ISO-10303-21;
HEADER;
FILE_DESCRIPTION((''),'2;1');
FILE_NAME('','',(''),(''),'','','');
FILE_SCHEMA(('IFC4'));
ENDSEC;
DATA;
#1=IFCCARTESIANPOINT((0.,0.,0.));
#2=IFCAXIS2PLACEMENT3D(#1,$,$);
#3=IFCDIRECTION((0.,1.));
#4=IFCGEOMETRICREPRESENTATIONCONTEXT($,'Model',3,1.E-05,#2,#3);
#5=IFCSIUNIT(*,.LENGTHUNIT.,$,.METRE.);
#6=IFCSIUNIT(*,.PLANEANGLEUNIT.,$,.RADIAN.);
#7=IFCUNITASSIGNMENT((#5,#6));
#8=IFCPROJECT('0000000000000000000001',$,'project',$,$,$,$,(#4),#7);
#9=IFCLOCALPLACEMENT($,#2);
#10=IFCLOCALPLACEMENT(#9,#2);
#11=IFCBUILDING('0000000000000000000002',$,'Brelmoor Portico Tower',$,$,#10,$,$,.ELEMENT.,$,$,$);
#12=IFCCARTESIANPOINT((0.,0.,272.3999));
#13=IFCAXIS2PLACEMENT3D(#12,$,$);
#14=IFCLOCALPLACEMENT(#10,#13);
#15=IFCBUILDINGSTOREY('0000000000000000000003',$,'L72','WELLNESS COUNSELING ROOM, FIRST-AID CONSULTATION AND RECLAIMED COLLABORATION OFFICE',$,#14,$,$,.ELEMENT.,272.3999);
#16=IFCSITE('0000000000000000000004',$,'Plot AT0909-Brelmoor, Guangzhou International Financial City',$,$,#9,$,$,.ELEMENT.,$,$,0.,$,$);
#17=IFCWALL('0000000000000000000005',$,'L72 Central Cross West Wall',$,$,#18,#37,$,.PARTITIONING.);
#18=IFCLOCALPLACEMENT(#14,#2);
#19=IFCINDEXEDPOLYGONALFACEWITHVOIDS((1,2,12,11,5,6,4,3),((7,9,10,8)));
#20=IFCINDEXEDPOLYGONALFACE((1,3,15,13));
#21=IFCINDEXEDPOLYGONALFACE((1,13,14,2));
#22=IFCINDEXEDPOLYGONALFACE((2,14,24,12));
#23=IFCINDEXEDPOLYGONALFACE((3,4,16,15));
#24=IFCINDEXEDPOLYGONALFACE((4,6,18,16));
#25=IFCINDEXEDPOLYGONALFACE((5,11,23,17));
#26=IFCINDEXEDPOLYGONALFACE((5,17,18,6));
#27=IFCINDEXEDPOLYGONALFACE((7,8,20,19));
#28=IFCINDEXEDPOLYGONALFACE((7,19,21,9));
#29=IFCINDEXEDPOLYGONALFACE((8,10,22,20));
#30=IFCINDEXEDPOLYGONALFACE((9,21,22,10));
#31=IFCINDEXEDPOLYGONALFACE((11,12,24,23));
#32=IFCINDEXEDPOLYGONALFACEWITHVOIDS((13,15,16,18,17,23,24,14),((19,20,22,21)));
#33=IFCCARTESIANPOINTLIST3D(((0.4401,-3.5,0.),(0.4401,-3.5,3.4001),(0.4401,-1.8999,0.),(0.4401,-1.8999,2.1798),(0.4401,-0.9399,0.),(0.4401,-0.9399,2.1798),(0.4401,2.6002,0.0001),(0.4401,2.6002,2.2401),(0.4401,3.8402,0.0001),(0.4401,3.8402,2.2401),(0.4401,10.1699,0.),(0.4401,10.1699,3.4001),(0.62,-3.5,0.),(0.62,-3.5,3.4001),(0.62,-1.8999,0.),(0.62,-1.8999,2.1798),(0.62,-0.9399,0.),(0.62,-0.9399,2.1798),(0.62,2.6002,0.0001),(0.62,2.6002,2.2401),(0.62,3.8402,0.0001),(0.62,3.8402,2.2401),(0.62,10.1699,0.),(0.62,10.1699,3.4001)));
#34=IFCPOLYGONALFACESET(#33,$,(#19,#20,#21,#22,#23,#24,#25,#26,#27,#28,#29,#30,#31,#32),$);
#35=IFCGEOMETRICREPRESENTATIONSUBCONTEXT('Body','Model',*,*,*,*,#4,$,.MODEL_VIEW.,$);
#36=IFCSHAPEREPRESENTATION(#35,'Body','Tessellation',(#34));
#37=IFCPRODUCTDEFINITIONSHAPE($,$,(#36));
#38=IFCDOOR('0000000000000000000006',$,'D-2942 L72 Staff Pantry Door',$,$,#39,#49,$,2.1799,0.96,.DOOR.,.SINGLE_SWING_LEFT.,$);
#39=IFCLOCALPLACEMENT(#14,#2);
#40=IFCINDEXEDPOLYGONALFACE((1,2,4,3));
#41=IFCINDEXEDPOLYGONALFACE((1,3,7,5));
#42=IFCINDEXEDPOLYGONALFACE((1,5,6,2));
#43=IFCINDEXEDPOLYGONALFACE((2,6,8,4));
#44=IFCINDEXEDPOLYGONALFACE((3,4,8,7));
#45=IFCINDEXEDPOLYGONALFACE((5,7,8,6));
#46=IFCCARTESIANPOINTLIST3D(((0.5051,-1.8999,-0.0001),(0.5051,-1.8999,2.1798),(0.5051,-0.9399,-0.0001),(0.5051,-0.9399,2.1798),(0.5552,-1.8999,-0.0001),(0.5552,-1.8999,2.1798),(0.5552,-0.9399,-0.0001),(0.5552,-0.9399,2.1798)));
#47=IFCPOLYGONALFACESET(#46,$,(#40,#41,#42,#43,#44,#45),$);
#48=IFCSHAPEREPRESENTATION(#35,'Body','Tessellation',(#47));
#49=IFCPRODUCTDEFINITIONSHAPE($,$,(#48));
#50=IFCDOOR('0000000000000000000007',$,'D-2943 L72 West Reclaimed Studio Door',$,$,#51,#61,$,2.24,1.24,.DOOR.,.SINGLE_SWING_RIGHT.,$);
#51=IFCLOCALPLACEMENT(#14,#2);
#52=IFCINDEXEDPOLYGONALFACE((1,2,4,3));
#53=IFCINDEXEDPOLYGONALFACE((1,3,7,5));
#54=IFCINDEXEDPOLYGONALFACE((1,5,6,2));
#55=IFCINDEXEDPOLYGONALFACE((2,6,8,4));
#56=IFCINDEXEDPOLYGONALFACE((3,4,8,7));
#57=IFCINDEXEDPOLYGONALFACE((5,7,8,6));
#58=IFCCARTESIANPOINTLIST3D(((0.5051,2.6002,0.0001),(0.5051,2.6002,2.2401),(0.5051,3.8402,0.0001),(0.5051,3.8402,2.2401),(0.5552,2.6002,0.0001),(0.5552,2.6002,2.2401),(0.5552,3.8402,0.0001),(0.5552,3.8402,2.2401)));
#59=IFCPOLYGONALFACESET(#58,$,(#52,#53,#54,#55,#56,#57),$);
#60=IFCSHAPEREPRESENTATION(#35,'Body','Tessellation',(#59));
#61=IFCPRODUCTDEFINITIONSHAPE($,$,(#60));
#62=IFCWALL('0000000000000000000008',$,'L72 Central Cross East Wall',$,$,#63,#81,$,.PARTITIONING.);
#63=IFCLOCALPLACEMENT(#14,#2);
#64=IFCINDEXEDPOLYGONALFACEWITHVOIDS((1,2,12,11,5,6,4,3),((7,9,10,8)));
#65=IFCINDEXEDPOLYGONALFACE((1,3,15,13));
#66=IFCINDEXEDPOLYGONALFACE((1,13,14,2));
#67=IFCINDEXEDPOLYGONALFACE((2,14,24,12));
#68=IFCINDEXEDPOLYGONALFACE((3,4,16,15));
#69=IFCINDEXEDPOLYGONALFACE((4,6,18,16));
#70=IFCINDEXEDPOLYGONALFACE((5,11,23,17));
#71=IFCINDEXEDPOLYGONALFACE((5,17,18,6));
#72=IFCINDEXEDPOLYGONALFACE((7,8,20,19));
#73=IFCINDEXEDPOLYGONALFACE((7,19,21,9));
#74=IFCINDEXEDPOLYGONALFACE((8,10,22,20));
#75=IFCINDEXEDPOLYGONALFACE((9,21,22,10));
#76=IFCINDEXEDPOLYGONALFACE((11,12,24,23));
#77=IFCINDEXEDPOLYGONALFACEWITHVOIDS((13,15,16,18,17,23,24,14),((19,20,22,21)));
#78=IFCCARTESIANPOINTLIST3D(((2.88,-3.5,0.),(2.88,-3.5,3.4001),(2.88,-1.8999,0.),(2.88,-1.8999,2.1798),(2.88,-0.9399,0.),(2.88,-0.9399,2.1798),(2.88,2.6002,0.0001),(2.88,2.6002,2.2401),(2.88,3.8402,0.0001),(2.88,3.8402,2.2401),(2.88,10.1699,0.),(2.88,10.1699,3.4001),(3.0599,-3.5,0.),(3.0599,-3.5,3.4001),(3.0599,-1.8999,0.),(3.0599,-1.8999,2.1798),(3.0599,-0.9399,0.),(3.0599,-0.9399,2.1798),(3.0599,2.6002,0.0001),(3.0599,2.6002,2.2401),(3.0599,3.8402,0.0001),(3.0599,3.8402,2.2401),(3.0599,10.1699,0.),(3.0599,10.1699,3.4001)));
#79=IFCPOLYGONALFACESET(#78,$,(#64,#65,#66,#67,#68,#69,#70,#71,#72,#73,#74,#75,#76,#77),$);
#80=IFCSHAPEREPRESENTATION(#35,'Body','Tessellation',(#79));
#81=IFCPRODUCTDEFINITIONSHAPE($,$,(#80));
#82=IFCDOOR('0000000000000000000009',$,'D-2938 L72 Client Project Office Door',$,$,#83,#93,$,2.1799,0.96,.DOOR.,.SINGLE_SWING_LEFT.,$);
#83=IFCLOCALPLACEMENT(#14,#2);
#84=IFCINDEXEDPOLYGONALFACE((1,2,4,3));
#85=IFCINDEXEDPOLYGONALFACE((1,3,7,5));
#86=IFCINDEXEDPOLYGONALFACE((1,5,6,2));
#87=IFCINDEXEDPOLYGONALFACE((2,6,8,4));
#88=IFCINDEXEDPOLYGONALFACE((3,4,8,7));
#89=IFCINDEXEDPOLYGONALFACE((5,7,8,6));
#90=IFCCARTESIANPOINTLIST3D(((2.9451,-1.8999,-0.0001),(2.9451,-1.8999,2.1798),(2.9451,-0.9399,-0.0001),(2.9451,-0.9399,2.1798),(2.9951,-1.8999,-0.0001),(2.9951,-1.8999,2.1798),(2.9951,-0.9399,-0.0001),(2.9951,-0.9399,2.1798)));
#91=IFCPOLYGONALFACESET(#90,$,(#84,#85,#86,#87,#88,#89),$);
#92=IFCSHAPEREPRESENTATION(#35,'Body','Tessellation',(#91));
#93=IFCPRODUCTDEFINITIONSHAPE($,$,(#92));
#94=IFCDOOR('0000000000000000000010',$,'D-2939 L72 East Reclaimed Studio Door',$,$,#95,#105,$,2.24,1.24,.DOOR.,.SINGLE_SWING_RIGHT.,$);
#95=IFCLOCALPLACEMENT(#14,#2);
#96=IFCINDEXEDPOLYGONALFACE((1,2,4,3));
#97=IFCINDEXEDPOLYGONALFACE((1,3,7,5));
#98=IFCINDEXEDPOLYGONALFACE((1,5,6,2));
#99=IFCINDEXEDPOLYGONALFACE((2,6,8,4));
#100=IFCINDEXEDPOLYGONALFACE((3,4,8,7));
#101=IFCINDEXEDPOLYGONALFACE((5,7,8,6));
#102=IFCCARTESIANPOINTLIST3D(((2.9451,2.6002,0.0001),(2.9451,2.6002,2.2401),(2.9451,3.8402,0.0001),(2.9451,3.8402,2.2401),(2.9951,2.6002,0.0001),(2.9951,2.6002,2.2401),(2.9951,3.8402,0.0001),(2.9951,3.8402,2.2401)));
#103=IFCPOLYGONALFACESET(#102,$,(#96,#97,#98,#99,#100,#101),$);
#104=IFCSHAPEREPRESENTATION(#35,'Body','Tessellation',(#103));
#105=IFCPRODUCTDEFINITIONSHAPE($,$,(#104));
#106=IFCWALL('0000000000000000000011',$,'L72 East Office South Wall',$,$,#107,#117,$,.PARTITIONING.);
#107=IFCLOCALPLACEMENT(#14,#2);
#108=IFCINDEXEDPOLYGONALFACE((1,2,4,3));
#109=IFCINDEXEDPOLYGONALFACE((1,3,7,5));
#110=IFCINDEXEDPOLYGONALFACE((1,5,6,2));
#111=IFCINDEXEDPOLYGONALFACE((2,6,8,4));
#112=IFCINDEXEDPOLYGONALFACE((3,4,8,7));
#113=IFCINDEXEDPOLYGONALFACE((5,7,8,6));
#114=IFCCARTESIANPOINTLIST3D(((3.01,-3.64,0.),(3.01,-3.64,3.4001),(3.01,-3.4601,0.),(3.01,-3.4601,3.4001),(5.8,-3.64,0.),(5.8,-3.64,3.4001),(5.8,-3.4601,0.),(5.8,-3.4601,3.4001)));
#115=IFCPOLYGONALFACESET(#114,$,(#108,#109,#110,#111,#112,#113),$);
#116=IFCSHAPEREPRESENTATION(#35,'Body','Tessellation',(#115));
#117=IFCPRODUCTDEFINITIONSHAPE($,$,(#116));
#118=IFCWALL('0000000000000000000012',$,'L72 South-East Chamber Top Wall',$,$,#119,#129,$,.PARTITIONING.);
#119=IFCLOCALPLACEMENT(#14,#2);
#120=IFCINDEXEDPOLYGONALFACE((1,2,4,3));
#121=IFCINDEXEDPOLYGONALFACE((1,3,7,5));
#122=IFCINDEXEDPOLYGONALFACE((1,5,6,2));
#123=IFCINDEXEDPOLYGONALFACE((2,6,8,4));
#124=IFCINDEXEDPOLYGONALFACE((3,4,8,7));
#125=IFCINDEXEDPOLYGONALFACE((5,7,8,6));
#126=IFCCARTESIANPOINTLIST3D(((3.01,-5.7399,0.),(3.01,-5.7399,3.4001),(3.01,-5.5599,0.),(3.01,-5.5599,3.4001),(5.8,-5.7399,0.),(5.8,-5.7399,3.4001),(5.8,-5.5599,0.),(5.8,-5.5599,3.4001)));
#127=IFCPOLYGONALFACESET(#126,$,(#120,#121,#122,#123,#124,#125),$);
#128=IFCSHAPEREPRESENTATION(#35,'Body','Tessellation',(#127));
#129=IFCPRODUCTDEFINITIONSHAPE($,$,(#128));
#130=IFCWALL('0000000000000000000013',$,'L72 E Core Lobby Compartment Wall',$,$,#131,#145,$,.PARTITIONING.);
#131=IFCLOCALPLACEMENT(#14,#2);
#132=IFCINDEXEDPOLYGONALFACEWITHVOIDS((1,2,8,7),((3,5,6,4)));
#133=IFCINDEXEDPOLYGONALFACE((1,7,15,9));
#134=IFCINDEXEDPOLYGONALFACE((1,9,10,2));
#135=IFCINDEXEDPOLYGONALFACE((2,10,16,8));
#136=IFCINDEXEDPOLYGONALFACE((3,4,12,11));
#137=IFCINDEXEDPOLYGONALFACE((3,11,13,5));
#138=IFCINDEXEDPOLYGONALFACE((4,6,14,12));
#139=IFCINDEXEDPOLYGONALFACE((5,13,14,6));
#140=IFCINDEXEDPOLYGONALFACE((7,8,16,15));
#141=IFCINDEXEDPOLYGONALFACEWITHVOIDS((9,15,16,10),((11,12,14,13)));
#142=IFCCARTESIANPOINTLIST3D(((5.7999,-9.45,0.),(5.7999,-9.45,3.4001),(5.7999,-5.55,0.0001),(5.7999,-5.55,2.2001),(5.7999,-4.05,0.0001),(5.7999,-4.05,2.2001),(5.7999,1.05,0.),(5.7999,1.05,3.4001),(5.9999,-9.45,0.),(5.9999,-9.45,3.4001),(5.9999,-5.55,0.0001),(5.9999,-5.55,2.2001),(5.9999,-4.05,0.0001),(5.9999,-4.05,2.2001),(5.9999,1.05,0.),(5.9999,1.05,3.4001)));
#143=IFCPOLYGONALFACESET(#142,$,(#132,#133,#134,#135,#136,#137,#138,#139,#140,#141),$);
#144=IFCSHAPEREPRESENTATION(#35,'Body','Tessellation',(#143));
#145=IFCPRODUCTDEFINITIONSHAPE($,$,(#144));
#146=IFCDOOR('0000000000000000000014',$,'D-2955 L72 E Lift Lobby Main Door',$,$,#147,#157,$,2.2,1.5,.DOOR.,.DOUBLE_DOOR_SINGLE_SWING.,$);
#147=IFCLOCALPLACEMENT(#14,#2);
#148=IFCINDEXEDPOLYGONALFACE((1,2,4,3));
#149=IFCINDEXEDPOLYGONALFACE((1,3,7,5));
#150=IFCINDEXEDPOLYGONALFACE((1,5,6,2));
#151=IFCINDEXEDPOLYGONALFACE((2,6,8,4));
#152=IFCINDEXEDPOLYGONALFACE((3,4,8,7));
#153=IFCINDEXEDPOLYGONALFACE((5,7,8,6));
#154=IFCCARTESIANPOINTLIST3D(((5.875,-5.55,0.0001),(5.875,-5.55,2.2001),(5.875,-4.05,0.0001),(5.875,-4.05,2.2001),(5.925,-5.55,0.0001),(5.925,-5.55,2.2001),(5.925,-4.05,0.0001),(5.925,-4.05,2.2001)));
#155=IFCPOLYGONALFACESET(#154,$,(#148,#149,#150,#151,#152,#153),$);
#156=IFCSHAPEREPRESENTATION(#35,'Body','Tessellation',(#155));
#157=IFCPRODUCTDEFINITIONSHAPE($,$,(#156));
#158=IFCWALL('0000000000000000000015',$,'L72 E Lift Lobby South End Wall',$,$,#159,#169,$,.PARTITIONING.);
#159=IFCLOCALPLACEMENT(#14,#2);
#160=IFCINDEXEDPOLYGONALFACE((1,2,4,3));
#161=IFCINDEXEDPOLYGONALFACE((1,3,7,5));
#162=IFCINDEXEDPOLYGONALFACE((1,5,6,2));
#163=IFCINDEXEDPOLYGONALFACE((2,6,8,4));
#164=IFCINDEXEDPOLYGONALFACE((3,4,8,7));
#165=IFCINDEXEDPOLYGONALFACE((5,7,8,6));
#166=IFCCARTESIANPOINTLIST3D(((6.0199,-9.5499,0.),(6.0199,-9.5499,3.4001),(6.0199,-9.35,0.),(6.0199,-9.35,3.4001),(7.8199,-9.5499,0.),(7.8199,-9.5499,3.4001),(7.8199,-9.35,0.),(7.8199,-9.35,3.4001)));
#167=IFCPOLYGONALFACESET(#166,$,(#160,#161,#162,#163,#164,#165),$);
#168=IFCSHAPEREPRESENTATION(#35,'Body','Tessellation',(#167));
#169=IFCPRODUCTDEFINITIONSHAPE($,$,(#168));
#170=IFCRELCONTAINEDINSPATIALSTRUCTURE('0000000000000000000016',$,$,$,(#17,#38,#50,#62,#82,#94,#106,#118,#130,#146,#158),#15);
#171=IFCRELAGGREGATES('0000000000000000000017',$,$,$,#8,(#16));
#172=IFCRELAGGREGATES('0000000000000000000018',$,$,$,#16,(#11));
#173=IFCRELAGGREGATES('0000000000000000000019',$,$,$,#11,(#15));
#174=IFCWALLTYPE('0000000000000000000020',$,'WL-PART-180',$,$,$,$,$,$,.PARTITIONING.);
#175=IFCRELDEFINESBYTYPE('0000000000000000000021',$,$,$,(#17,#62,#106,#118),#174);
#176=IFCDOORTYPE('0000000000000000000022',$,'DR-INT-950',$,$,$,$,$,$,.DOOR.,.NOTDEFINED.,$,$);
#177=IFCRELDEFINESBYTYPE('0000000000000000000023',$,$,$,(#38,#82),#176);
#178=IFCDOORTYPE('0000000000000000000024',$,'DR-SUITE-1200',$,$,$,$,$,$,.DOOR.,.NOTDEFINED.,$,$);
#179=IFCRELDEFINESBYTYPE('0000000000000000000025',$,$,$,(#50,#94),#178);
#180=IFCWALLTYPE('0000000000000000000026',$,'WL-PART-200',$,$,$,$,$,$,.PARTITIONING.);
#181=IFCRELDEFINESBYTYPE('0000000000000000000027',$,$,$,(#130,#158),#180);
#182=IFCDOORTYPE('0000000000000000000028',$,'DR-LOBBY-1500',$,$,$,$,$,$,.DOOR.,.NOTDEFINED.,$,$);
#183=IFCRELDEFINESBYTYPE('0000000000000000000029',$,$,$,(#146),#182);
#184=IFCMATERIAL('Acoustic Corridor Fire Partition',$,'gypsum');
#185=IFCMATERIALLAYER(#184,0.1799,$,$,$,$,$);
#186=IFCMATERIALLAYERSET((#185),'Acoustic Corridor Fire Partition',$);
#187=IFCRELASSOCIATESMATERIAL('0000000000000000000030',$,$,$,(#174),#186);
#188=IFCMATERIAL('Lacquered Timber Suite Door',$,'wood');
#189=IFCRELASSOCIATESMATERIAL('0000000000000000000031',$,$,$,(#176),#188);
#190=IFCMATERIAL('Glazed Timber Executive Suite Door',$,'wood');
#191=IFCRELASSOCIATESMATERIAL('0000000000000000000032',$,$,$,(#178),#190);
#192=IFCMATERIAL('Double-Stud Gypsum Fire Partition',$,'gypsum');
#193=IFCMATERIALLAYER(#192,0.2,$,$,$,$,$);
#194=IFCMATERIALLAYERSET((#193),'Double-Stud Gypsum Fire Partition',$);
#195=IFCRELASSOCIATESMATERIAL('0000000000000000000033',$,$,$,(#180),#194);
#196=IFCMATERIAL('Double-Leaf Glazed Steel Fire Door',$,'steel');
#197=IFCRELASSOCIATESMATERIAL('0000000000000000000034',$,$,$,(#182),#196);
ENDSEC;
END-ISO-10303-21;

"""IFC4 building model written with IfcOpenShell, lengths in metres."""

from ifc_helpers import new_model, si_unit, direction, frame, frame_2d, origin, place, context, subcontext, project, spatial, rectangle, extrude, material, layer, layer_set, type_object, element, fill, save


model = new_model("IFC4")

# Units and contexts
model_context = context("Model", 3, precision=1e-05, world=origin(), true_north=direction((0.0, 1.0)))
body_context = subcontext(model_context, "Body", "Model", "MODEL_VIEW")
ifc_project = project(units=[si_unit("LENGTHUNIT", "METRE"), si_unit("PLANEANGLEUNIT", "RADIAN")], contexts=[model_context])

# Site, building, storey
site_placement = place(None, origin())
site = spatial("IfcSite", under=ifc_project, at=site_placement, Name="Plot AT0909-Brelmoor, Guangzhou International Financial City", CompositionType="ELEMENT", RefElevation=0.0)
building_placement = place(site_placement, origin())
building = spatial("IfcBuilding", under=site, at=building_placement, Name="Brelmoor Portico Tower", CompositionType="ELEMENT")
storey_placement = place(building_placement, frame((0.0, 0.0, 272.3999)))
storey = spatial("IfcBuildingStorey", under=building, at=storey_placement, Name="L72", Description="WELLNESS COUNSELING ROOM, FIRST-AID CONSULTATION AND RECLAIMED COLLABORATION OFFICE", CompositionType="ELEMENT", Elevation=272.3999)

# Walls, openings, doors
ifc_material_1 = material(Name="Acoustic Corridor Fire Partition", Category="gypsum")
ifc_layer_1 = layer(ifc_material_1, 0.1799)
ifc_layer_set_1 = layer_set([ifc_layer_1], Name="Acoustic Corridor Fire Partition")
wall_type_1 = type_object("IfcWallType", Name="WL-PART-180", PredefinedType="PARTITIONING", material=ifc_layer_set_1)
wall_1_placement = place(storey_placement, frame((0.53, -3.5, 0.0), z_axis=(0.0, 0.0, 1.0), x_axis=(0.0, 1.0, 0.0)))
wall_1 = element("IfcWall", 1, at=wall_1_placement, inside=storey, type_object=wall_type_1, Name="L72 Central Cross West Wall", PredefinedType="PARTITIONING", context=body_context, shape_type="SweptSolid", body=[
    extrude(rectangle(XDim=13.6699, YDim=0.1799, at=frame_2d((6.835, 0.0))), origin(), (0.0, 0.0, 1.0), 3.4001),
])
opening_1_placement = place(wall_1_placement, frame((6.1001, 0.0, 0.0)))
opening_1 = element("IfcOpeningElement", 2, at=opening_1_placement, cuts=wall_1, PredefinedType="OPENING", context=body_context, shape_type="SweptSolid", body=[
    extrude(rectangle(XDim=1.24, YDim=2.24, at=frame_2d((0.6201, 1.1201))), frame((0.0, 0.0999, 0.0), z_axis=(0.0, -1.0, 0.0), x_axis=(1.0, 0.0, 0.0)), (0.0, 0.0, 1.0), 0.2),
])
opening_2_placement = place(wall_1_placement, frame((1.6001, 0.0, 0.0)))
opening_2 = element("IfcOpeningElement", 3, at=opening_2_placement, cuts=wall_1, PredefinedType="OPENING", context=body_context, shape_type="SweptSolid", body=[
    extrude(rectangle(XDim=0.96, YDim=2.1799, at=frame_2d((0.48, 1.0898))), frame((0.0, 0.0999, 0.0), z_axis=(0.0, -1.0, 0.0), x_axis=(1.0, 0.0, 0.0)), (0.0, 0.0, 1.0), 0.2),
])
ifc_material_2 = material(Name="Lacquered Timber Suite Door", Category="wood")
door_type_1 = type_object("IfcDoorType", Name="DR-INT-950", OperationType="NOTDEFINED", PredefinedType="DOOR", material=ifc_material_2)
door_1_placement = place(opening_2_placement, origin())
door_1 = element("IfcDoor", 4, at=door_1_placement, inside=storey, type_object=door_type_1, Name="D-2942 L72 Staff Pantry Door", OperationType="SINGLE_SWING_LEFT", OverallHeight=2.1799, OverallWidth=0.96, PredefinedType="DOOR", context=body_context, shape_type="SweptSolid", body=[
    extrude(rectangle(XDim=0.96, YDim=2.1799, at=frame_2d((0.48, 1.0898))), frame((0.0, 0.0249, 0.0), z_axis=(0.0, -1.0, 0.0), x_axis=(1.0, 0.0, 0.0)), (0.0, 0.0, 1.0), 0.05),
])
fill(opening_2, door_1)
ifc_material_3 = material(Name="Glazed Timber Executive Suite Door", Category="wood")
door_type_2 = type_object("IfcDoorType", Name="DR-SUITE-1200", OperationType="NOTDEFINED", PredefinedType="DOOR", material=ifc_material_3)
door_2_placement = place(opening_1_placement, origin())
door_2 = element("IfcDoor", 5, at=door_2_placement, inside=storey, type_object=door_type_2, Name="D-2943 L72 West Reclaimed Studio Door", OperationType="SINGLE_SWING_RIGHT", OverallHeight=2.24, OverallWidth=1.24, PredefinedType="DOOR", context=body_context, shape_type="SweptSolid", body=[
    extrude(rectangle(XDim=1.24, YDim=2.24, at=frame_2d((0.6201, 1.1201))), frame((0.0, 0.0249, 0.0), z_axis=(0.0, -1.0, 0.0), x_axis=(1.0, 0.0, 0.0)), (0.0, 0.0, 1.0), 0.05),
])
fill(opening_1, door_2)
wall_2_placement = place(storey_placement, frame((2.97, -3.5, 0.0), z_axis=(0.0, 0.0, 1.0), x_axis=(0.0, 1.0, 0.0)))
wall_2 = element("IfcWall", 6, at=wall_2_placement, inside=storey, type_object=wall_type_1, Name="L72 Central Cross East Wall", PredefinedType="PARTITIONING", context=body_context, shape_type="SweptSolid", body=[
    extrude(rectangle(XDim=13.6699, YDim=0.1799, at=frame_2d((6.835, 0.0))), origin(), (0.0, 0.0, 1.0), 3.4001),
])
opening_3_placement = place(wall_2_placement, frame((6.1001, 0.0, 0.0)))
opening_3 = element("IfcOpeningElement", 7, at=opening_3_placement, cuts=wall_2, PredefinedType="OPENING", context=body_context, shape_type="SweptSolid", body=[
    extrude(rectangle(XDim=1.24, YDim=2.24, at=frame_2d((0.6201, 1.1201))), frame((0.0, 0.0999, 0.0), z_axis=(0.0, -1.0, 0.0), x_axis=(1.0, 0.0, 0.0)), (0.0, 0.0, 1.0), 0.2),
])
opening_4_placement = place(wall_2_placement, frame((1.6001, 0.0, 0.0)))
opening_4 = element("IfcOpeningElement", 8, at=opening_4_placement, cuts=wall_2, PredefinedType="OPENING", context=body_context, shape_type="SweptSolid", body=[
    extrude(rectangle(XDim=0.96, YDim=2.1799, at=frame_2d((0.48, 1.0898))), frame((0.0, 0.0999, 0.0), z_axis=(0.0, -1.0, 0.0), x_axis=(1.0, 0.0, 0.0)), (0.0, 0.0, 1.0), 0.2),
])
door_3_placement = place(opening_4_placement, origin())
door_3 = element("IfcDoor", 9, at=door_3_placement, inside=storey, type_object=door_type_1, Name="D-2938 L72 Client Project Office Door", OperationType="SINGLE_SWING_LEFT", OverallHeight=2.1799, OverallWidth=0.96, PredefinedType="DOOR", context=body_context, shape_type="SweptSolid", body=[
    extrude(rectangle(XDim=0.96, YDim=2.1799, at=frame_2d((0.48, 1.0898))), frame((0.0, 0.0249, 0.0), z_axis=(0.0, -1.0, 0.0), x_axis=(1.0, 0.0, 0.0)), (0.0, 0.0, 1.0), 0.05),
])
fill(opening_4, door_3)
door_4_placement = place(opening_3_placement, origin())
door_4 = element("IfcDoor", 10, at=door_4_placement, inside=storey, type_object=door_type_2, Name="D-2939 L72 East Reclaimed Studio Door", OperationType="SINGLE_SWING_RIGHT", OverallHeight=2.24, OverallWidth=1.24, PredefinedType="DOOR", context=body_context, shape_type="SweptSolid", body=[
    extrude(rectangle(XDim=1.24, YDim=2.24, at=frame_2d((0.6201, 1.1201))), frame((0.0, 0.0249, 0.0), z_axis=(0.0, -1.0, 0.0), x_axis=(1.0, 0.0, 0.0)), (0.0, 0.0, 1.0), 0.05),
])
fill(opening_3, door_4)

# Walls
for number, where, z_axis, x_axis, name in (
    (11, (3.01, -3.55, 0.0), (0.0, 0.0, 1.0), (1.0, 0.0, 0.0), "L72 East Office South Wall"),
    (12, (3.01, -5.6499, 0.0), (0.0, 0.0, 1.0), (1.0, 0.0, 0.0), "L72 South-East Chamber Top Wall"),
):
    element("IfcWall", number, at=place(storey_placement, frame(where, z_axis=z_axis, x_axis=x_axis)), inside=storey, type_object=wall_type_1, Name=name, PredefinedType="PARTITIONING", context=body_context, shape_type="SweptSolid", body=[
        extrude(rectangle(XDim=2.79, YDim=0.1799, at=frame_2d((1.395, 0.0))), origin(), (0.0, 0.0, 1.0), 3.4001),
    ])

# Wall, opening, door
ifc_material_4 = material(Name="Double-Stud Gypsum Fire Partition", Category="gypsum")
ifc_layer_2 = layer(ifc_material_4, 0.2)
ifc_layer_set_2 = layer_set([ifc_layer_2], Name="Double-Stud Gypsum Fire Partition")
wall_type_2 = type_object("IfcWallType", Name="WL-PART-200", PredefinedType="PARTITIONING", material=ifc_layer_set_2)
wall_3_placement = place(storey_placement, frame((5.8999, -9.45, 0.0), z_axis=(0.0, 0.0, 1.0), x_axis=(0.0, 1.0, 0.0)))
wall_3 = element("IfcWall", 13, at=wall_3_placement, inside=storey, type_object=wall_type_2, Name="L72 E Core Lobby Compartment Wall", PredefinedType="PARTITIONING", context=body_context, shape_type="SweptSolid", body=[
    extrude(rectangle(XDim=10.5, YDim=0.2, at=frame_2d((5.25, 0.0))), origin(), (0.0, 0.0, 1.0), 3.4001),
])
opening_5_placement = place(wall_3_placement, frame((3.8999, 0.0, 0.0)))
opening_5 = element("IfcOpeningElement", 14, at=opening_5_placement, cuts=wall_3, PredefinedType="OPENING", context=body_context, shape_type="SweptSolid", body=[
    extrude(rectangle(XDim=1.5, YDim=2.2, at=frame_2d((0.75, 1.1001))), frame((0.0, 0.1099, 0.0), z_axis=(0.0, -1.0, 0.0), x_axis=(1.0, 0.0, 0.0)), (0.0, 0.0, 1.0), 0.22),
])
ifc_material_5 = material(Name="Double-Leaf Glazed Steel Fire Door", Category="steel")
door_type_3 = type_object("IfcDoorType", Name="DR-LOBBY-1500", OperationType="NOTDEFINED", PredefinedType="DOOR", material=ifc_material_5)
door_5_placement = place(opening_5_placement, origin())
door_5 = element("IfcDoor", 15, at=door_5_placement, inside=storey, type_object=door_type_3, Name="D-2955 L72 E Lift Lobby Main Door", OperationType="DOUBLE_DOOR_SINGLE_SWING", OverallHeight=2.2, OverallWidth=1.5, PredefinedType="DOOR", context=body_context, shape_type="SweptSolid", body=[
    extrude(rectangle(XDim=1.5, YDim=2.2, at=frame_2d((0.75, 1.1001))), frame((0.0, 0.0249, 0.0), z_axis=(0.0, -1.0, 0.0), x_axis=(1.0, 0.0, 0.0)), (0.0, 0.0, 1.0), 0.05),
])
fill(opening_5, door_5)

# Wall
wall_4_placement = place(storey_placement, frame((6.02, -9.45, 0.0), z_axis=(0.0, 0.0, 1.0), x_axis=(1.0, 0.0, 0.0)))
element("IfcWall", 16, at=wall_4_placement, inside=storey, type_object=wall_type_2, Name="L72 E Lift Lobby South End Wall", PredefinedType="PARTITIONING", context=body_context, shape_type="SweptSolid", body=[
    extrude(rectangle(XDim=1.8, YDim=0.2, at=frame_2d((0.8999, 0.0))), origin(), (0.0, 0.0, 1.0), 3.4001),
])

save(model, "model.ifc")
